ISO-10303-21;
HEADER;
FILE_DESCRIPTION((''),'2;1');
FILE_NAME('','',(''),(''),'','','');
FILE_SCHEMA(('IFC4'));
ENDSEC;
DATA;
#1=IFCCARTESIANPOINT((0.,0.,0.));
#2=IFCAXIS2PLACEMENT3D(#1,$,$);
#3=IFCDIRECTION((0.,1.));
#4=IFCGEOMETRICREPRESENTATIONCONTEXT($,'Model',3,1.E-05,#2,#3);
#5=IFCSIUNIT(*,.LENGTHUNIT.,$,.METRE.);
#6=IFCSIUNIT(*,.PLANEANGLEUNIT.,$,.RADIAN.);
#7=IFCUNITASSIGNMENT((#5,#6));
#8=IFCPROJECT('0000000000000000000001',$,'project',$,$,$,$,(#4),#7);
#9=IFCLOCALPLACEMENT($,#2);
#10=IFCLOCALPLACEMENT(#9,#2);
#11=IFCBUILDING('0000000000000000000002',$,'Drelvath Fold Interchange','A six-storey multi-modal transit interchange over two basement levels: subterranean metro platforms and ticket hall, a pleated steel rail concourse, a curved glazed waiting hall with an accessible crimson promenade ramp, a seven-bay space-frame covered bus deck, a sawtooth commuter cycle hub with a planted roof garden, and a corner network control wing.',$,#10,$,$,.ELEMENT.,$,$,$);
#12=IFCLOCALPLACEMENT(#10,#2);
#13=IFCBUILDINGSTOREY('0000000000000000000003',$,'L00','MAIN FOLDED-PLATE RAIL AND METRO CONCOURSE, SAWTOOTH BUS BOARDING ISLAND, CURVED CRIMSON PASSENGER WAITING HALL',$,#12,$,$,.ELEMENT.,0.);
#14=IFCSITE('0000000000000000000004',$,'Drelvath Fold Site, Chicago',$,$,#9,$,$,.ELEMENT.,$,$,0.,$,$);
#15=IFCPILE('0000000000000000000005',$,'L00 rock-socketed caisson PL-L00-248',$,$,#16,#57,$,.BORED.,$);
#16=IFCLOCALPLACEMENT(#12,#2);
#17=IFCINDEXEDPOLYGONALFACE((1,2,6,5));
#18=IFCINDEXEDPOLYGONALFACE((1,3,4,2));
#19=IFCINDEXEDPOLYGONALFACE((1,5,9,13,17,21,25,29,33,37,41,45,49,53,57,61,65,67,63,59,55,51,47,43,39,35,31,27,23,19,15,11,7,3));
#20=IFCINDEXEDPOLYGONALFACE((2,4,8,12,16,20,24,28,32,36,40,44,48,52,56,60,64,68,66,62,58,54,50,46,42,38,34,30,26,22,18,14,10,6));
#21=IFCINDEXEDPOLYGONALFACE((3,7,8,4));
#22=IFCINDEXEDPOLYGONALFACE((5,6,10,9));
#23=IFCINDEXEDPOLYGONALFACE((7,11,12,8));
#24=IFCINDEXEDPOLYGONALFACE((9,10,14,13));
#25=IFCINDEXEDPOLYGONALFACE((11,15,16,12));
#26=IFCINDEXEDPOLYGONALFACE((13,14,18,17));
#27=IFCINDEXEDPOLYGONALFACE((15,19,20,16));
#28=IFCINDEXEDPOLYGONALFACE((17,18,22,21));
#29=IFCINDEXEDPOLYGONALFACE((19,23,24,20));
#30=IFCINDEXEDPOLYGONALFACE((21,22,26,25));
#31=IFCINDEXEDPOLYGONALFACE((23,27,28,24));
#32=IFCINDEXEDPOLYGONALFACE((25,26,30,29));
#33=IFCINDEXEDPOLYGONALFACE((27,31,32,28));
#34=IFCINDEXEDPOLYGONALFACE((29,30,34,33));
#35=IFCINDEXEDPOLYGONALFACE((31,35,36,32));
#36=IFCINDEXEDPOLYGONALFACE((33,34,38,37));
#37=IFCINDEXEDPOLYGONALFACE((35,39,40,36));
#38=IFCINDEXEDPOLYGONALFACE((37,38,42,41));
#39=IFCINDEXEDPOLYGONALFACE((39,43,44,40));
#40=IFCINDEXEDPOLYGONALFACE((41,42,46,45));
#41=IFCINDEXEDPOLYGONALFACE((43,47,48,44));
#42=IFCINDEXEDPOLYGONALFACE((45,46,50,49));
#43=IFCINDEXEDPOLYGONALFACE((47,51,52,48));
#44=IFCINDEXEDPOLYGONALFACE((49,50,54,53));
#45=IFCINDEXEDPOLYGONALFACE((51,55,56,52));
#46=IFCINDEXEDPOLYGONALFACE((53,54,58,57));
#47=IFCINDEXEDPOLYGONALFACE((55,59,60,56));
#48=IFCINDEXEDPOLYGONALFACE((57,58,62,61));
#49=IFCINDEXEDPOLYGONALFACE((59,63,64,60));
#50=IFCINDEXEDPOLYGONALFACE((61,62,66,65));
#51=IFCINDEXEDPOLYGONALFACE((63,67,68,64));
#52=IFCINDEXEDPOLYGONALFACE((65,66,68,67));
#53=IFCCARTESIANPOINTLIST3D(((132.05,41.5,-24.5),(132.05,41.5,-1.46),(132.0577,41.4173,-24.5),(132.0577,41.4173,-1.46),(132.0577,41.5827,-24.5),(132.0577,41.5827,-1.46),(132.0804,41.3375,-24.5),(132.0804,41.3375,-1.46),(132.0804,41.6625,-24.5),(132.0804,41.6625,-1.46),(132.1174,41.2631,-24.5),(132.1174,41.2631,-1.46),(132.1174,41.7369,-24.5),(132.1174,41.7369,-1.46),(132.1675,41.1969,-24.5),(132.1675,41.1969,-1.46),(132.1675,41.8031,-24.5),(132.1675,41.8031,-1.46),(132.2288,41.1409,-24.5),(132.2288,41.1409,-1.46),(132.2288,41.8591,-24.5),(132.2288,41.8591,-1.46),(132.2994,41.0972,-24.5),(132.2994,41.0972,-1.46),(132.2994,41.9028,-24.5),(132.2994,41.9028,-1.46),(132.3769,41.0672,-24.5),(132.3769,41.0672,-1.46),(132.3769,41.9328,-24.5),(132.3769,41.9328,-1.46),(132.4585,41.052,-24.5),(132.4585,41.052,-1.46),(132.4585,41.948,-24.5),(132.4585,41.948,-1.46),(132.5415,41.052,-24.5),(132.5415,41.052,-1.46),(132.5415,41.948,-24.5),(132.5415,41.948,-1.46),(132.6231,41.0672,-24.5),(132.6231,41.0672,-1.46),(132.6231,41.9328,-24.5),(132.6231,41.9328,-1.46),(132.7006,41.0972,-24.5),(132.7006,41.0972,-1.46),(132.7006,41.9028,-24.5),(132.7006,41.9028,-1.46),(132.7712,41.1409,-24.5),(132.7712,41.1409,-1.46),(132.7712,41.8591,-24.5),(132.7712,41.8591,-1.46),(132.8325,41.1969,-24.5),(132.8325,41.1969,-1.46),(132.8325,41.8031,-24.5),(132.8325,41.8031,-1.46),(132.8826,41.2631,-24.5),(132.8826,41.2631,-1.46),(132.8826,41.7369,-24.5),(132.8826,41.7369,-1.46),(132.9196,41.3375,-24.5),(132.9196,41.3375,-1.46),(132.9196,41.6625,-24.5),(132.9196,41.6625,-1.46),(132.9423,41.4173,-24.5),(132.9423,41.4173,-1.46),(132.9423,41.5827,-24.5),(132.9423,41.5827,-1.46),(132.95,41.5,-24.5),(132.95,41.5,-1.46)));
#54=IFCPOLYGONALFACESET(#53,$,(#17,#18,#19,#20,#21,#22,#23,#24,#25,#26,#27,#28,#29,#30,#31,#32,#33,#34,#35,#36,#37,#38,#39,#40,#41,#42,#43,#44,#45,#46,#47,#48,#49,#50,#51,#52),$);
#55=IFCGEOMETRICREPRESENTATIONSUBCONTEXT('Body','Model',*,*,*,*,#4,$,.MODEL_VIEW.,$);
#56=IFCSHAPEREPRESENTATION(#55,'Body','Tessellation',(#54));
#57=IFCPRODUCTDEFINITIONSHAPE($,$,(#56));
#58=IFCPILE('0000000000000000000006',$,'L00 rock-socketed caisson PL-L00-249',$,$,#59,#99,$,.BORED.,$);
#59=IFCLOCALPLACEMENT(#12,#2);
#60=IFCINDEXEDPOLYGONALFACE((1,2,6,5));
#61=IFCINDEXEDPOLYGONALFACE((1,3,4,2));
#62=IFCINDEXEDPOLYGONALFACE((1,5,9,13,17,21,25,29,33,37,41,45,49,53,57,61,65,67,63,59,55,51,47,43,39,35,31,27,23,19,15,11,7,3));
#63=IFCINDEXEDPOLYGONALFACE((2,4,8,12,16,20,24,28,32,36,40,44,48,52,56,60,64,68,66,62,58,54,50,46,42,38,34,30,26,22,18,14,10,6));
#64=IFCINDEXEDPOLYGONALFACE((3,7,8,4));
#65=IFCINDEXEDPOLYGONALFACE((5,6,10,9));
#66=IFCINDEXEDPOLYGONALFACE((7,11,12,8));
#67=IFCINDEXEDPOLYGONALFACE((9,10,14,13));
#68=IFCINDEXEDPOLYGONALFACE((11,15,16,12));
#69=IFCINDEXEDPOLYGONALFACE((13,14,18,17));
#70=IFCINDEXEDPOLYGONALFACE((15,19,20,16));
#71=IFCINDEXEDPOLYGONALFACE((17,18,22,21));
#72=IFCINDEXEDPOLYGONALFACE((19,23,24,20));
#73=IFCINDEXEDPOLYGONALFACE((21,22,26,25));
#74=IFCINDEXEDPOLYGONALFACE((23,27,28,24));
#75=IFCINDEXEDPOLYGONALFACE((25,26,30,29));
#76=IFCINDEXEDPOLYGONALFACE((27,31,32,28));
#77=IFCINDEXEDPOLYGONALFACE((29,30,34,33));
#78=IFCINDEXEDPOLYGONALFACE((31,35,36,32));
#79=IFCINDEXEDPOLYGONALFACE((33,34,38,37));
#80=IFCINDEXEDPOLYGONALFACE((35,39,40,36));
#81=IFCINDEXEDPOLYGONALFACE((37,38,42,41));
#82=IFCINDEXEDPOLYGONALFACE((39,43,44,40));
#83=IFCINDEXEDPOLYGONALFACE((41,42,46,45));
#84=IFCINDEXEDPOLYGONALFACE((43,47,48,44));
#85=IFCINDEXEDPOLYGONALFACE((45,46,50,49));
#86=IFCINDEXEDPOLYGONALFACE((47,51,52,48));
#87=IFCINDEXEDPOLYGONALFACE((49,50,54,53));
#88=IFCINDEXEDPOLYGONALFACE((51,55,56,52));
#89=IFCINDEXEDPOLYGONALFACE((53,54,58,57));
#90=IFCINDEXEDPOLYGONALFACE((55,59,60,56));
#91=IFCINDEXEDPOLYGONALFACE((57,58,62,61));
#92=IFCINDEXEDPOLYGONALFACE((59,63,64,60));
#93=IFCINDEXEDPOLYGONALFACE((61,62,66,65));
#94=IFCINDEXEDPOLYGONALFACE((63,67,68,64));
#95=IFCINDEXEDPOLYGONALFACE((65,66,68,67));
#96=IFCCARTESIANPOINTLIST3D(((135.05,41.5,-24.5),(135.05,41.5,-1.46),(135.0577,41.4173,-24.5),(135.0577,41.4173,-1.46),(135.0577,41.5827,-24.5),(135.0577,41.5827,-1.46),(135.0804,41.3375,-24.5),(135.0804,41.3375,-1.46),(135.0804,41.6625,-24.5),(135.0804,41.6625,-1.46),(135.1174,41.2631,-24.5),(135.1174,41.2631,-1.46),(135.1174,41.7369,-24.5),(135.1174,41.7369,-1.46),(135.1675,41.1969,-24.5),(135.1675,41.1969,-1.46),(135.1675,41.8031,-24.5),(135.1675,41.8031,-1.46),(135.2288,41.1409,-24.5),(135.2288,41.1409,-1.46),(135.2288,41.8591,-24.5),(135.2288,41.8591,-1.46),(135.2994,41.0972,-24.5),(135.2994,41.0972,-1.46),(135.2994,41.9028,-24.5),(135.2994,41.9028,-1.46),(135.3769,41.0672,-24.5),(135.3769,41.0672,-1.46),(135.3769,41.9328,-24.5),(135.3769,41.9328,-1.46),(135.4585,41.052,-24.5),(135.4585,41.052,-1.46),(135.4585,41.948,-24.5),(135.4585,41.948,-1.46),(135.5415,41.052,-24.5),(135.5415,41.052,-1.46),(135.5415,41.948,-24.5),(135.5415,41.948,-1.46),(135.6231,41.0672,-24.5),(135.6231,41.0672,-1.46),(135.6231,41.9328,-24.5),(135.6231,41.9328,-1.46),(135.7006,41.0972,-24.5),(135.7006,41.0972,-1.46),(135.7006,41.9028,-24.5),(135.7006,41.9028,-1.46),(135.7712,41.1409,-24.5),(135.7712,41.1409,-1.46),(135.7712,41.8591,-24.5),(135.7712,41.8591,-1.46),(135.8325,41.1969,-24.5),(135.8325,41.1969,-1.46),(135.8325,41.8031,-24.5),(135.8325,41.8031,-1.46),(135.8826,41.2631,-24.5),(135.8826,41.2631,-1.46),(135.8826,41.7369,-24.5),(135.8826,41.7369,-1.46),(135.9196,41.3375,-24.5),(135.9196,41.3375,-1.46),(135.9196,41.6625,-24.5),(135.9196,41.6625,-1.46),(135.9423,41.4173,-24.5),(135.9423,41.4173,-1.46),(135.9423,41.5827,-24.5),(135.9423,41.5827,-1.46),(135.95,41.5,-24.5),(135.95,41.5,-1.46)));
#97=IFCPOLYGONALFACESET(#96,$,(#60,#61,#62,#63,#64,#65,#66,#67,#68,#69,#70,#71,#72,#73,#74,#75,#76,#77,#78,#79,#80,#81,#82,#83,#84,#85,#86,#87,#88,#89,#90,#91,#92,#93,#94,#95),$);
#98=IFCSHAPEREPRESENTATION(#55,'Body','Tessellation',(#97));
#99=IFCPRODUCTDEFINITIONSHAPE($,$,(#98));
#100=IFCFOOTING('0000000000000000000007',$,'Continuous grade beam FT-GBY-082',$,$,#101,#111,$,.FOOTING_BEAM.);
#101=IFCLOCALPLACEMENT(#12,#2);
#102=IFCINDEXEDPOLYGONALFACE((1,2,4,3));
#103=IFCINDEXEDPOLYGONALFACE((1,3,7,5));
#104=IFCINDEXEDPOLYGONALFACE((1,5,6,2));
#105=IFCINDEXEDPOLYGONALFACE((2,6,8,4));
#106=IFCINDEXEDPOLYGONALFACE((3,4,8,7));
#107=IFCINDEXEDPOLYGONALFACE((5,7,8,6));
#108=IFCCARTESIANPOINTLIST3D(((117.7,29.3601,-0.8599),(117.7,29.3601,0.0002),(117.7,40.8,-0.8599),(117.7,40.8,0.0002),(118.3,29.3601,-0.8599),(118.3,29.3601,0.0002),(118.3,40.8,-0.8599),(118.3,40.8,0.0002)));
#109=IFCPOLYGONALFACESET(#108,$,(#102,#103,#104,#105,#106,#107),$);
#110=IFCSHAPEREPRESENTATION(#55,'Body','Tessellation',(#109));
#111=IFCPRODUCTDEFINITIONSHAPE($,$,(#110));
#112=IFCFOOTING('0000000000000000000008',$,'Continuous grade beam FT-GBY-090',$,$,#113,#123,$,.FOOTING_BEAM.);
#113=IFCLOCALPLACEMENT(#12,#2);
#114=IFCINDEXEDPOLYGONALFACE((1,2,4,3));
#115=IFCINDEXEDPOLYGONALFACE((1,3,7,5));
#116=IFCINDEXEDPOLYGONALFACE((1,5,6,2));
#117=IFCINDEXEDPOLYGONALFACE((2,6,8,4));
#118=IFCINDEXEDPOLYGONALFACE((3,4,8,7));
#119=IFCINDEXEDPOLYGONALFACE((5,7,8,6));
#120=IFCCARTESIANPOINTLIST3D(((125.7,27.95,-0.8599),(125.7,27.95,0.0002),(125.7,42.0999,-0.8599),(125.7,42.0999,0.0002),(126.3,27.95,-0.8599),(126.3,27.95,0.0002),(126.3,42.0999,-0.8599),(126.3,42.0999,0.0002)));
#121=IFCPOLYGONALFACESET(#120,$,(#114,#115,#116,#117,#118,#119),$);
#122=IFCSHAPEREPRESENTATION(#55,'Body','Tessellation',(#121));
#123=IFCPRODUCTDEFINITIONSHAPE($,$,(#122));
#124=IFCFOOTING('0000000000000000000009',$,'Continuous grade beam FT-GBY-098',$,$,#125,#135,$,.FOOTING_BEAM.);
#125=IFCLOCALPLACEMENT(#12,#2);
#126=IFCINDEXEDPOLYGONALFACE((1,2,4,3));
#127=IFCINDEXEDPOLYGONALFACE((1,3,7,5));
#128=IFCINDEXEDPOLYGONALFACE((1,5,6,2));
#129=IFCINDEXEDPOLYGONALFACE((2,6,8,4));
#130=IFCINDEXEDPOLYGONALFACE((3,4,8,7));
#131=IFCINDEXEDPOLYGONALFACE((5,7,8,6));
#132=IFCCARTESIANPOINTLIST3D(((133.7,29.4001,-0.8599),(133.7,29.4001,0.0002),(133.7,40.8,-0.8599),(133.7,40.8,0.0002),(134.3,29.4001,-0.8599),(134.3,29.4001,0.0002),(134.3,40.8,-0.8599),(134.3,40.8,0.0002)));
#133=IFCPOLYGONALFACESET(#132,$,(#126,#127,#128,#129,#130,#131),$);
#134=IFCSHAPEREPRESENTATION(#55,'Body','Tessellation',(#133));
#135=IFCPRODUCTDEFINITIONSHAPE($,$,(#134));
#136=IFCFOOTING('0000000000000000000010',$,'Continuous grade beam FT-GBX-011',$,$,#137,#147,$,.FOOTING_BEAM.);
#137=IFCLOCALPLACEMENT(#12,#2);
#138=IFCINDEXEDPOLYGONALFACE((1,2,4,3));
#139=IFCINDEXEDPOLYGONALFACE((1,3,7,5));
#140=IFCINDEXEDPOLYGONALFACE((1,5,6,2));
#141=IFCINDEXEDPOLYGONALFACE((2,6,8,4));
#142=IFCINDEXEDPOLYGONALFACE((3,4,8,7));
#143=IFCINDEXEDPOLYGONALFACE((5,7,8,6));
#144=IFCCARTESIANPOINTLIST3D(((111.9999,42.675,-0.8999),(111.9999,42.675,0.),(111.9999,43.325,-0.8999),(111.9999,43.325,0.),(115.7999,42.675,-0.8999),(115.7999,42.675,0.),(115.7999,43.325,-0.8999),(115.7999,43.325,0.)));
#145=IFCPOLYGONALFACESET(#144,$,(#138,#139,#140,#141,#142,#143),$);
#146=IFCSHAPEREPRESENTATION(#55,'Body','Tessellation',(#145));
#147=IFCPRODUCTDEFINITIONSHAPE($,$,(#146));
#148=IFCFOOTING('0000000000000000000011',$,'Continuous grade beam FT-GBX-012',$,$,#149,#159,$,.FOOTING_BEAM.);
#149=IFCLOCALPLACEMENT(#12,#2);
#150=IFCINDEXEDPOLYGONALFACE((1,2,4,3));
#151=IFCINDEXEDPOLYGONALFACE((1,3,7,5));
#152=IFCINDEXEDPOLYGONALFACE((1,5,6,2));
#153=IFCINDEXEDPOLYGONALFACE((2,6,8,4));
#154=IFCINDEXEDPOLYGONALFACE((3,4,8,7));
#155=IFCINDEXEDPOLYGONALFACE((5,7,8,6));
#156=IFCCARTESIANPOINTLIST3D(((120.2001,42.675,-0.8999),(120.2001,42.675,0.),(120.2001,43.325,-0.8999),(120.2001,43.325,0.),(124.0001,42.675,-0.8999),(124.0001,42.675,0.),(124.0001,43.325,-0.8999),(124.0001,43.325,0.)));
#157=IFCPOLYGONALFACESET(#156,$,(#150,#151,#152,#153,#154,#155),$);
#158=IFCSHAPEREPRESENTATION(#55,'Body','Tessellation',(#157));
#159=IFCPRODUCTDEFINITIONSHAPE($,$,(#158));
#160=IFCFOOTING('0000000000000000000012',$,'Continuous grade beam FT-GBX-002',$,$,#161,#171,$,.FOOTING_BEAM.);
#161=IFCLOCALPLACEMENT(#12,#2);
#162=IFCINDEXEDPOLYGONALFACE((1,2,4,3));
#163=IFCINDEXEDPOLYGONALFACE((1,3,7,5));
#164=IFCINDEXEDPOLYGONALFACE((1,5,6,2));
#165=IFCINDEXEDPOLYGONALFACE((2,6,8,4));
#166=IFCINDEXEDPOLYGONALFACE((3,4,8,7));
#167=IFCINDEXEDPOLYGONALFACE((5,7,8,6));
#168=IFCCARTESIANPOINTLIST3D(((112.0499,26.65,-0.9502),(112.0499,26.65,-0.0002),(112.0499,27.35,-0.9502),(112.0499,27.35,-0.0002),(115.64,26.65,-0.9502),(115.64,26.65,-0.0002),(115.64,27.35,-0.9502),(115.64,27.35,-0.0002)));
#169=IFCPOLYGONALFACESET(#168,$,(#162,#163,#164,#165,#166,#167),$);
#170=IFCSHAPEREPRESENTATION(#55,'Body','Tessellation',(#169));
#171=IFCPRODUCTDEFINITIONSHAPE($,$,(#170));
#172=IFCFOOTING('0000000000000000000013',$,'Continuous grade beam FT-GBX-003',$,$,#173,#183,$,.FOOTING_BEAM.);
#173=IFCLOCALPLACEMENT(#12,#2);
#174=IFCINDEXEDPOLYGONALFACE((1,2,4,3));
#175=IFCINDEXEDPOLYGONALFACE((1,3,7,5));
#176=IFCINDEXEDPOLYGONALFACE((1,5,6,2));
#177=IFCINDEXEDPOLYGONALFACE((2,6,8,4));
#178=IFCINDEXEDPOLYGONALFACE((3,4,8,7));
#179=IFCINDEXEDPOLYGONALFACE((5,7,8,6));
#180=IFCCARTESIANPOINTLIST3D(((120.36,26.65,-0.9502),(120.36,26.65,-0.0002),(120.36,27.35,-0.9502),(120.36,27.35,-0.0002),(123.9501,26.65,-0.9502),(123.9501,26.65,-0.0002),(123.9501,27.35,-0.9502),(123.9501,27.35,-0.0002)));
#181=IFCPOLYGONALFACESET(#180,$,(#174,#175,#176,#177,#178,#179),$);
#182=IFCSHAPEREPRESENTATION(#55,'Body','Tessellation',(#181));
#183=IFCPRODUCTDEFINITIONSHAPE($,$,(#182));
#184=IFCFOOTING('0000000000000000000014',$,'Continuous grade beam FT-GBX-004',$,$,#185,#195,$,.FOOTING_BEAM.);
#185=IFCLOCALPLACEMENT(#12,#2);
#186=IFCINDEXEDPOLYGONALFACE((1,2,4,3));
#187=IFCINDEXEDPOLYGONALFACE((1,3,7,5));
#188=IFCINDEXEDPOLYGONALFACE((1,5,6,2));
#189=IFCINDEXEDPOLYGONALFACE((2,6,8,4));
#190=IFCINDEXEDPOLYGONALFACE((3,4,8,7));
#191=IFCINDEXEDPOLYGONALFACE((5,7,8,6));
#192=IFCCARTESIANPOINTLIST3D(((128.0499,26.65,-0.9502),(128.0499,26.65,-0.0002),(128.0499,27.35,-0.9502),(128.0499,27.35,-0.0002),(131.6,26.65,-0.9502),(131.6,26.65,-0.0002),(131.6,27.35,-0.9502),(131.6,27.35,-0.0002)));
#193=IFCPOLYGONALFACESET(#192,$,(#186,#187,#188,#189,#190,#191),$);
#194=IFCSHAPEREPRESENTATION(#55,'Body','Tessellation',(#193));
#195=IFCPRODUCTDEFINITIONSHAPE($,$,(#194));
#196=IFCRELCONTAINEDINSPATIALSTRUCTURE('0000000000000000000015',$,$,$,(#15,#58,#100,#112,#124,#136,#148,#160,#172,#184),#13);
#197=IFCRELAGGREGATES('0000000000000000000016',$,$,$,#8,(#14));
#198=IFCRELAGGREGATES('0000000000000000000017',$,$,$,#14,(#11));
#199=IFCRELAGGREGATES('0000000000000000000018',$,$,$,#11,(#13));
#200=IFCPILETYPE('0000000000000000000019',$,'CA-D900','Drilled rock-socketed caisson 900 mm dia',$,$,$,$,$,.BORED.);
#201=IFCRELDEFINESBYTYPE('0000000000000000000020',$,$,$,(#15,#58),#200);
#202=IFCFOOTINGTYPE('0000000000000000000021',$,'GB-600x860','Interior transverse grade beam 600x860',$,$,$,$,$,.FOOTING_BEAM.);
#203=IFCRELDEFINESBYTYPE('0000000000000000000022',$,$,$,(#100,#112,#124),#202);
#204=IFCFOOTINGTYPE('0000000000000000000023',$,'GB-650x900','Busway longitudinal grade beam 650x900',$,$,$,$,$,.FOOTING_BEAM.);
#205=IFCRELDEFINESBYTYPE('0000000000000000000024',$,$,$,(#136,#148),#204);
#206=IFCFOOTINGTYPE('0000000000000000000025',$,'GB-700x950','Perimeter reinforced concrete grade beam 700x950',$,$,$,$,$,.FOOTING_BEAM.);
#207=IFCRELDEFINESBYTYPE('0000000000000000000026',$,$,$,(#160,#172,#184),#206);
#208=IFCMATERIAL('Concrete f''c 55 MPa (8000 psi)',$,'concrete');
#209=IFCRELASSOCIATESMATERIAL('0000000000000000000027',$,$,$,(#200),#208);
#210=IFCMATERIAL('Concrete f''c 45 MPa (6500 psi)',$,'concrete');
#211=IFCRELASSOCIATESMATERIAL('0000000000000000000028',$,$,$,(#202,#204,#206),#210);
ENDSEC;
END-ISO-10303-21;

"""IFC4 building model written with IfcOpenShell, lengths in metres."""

from ifc_helpers import new_model, si_unit, direction, frame, origin, origin_2d, place, context, subcontext, project, spatial, rectangle, circle, extrude, material, material_profile, profile_set, type_object, element, save


model = new_model("IFC4")

# Units and contexts
model_context = context("Model", 3, precision=1e-05, world=origin(), true_north=direction((0.0, 1.0)))
body_context = subcontext(model_context, "Body", "Model", "MODEL_VIEW")
ifc_project = project(units=[si_unit("LENGTHUNIT", "METRE"), si_unit("PLANEANGLEUNIT", "RADIAN")], contexts=[model_context])

# Site, building, storey
site_placement = place(None, origin())
site = spatial("IfcSite", under=ifc_project, at=site_placement, Name="Drelvath Fold Site, Chicago", CompositionType="ELEMENT", RefElevation=0.0)
building_placement = place(site_placement, origin())
building = spatial("IfcBuilding", under=site, at=building_placement, Name="Drelvath Fold Interchange", Description="A six-storey multi-modal transit interchange over two basement levels: subterranean metro platforms and ticket hall, a pleated steel rail concourse, a curved glazed waiting hall with an accessible crimson promenade ramp, a seven-bay space-frame covered bus deck, a sawtooth commuter cycle hub with a planted roof garden, and a corner network control wing.", CompositionType="ELEMENT")
storey_placement = place(building_placement, origin())
storey = spatial("IfcBuildingStorey", under=building, at=storey_placement, Name="L00", Description="MAIN FOLDED-PLATE RAIL AND METRO CONCOURSE, SAWTOOTH BUS BOARDING ISLAND, CURVED CRIMSON PASSENGER WAITING HALL", CompositionType="ELEMENT", Elevation=0.0)

# Piles
ifc_material_1 = material(Name="Concrete f'c 55 MPa (8000 psi)", Category="concrete")
ifc_material_profile_1 = material_profile(ifc_material_1, circle(Radius=0.45, at=origin_2d()), Name="CAISSON D900")
ifc_profile_set_1 = profile_set([ifc_material_profile_1], Name="Concrete f'c 55 MPa (8000 psi)")
pile_type_1 = type_object("IfcPileType", Name="CA-D900", Description="Drilled rock-socketed caisson 900 mm dia", PredefinedType="BORED", material=ifc_profile_set_1)
for number, where, z_axis, x_axis, name in (
    (1, (132.5, 41.5, -1.46), (0.0, 0.0, -1.0), (1.0, 0.0, 0.0), "L00 rock-socketed caisson PL-L00-248"),
    (2, (135.5, 41.5, -1.46), (0.0, 0.0, -1.0), (1.0, 0.0, 0.0), "L00 rock-socketed caisson PL-L00-249"),
):
    element("IfcPile", number, at=place(storey_placement, frame(where, z_axis=z_axis, x_axis=x_axis)), inside=storey, type_object=pile_type_1, Name=name, PredefinedType="BORED", context=body_context, shape_type="SweptSolid", body=[
        extrude(circle(Radius=0.45, at=origin_2d()), origin(), (0.0, 0.0, 1.0), 23.04),
    ])

# Footings
ifc_material_2 = material(Name="Concrete f'c 45 MPa (6500 psi)", Category="concrete")
footing_type_1 = type_object("IfcFootingType", Name="GB-600x860", Description="Interior transverse grade beam 600x860", PredefinedType="FOOTING_BEAM", material=ifc_material_2)
footing_1_placement = place(storey_placement, frame((118.0, 35.0801, -0.8599), z_axis=(0.0, 0.0, 1.0), x_axis=(1.0, 0.0, 0.0)))
element("IfcFooting", 3, at=footing_1_placement, inside=storey, type_object=footing_type_1, Name="Continuous grade beam FT-GBY-082", PredefinedType="FOOTING_BEAM", context=body_context, shape_type="SweptSolid", body=[
    extrude(rectangle(XDim=0.6001, YDim=11.4399, at=origin_2d()), origin(), (0.0, 0.0, 1.0), 0.8601),
])
footing_2_placement = place(storey_placement, frame((126.0, 35.0249, -0.8599), z_axis=(0.0, 0.0, 1.0), x_axis=(1.0, 0.0, 0.0)))
element("IfcFooting", 4, at=footing_2_placement, inside=storey, type_object=footing_type_1, Name="Continuous grade beam FT-GBY-090", PredefinedType="FOOTING_BEAM", context=body_context, shape_type="SweptSolid", body=[
    extrude(rectangle(XDim=0.6001, YDim=14.1499, at=origin_2d()), origin(), (0.0, 0.0, 1.0), 0.8601),
])
footing_3_placement = place(storey_placement, frame((134.0, 35.1001, -0.8599), z_axis=(0.0, 0.0, 1.0), x_axis=(1.0, 0.0, 0.0)))
element("IfcFooting", 5, at=footing_3_placement, inside=storey, type_object=footing_type_1, Name="Continuous grade beam FT-GBY-098", PredefinedType="FOOTING_BEAM", context=body_context, shape_type="SweptSolid", body=[
    extrude(rectangle(XDim=0.6001, YDim=11.3999, at=origin_2d()), origin(), (0.0, 0.0, 1.0), 0.8601),
])
footing_type_2 = type_object("IfcFootingType", Name="GB-650x900", Description="Busway longitudinal grade beam 650x900", PredefinedType="FOOTING_BEAM", material=ifc_material_2)
for number, where, z_axis, x_axis, name in (
    (6, (113.8999, 43.0, -0.8999), (0.0, 0.0, 1.0), (1.0, 0.0, 0.0), "Continuous grade beam FT-GBX-011"),
    (7, (122.1001, 43.0, -0.8999), (0.0, 0.0, 1.0), (1.0, 0.0, 0.0), "Continuous grade beam FT-GBX-012"),
):
    element("IfcFooting", number, at=place(storey_placement, frame(where, z_axis=z_axis, x_axis=x_axis)), inside=storey, type_object=footing_type_2, Name=name, PredefinedType="FOOTING_BEAM", context=body_context, shape_type="SweptSolid", body=[
        extrude(rectangle(XDim=3.8, YDim=0.6499, at=origin_2d()), origin(), (0.0, 0.0, 1.0), 0.8999),
    ])
footing_type_3 = type_object("IfcFootingType", Name="GB-700x950", Description="Perimeter reinforced concrete grade beam 700x950", PredefinedType="FOOTING_BEAM", material=ifc_material_2)
for number, where, z_axis, x_axis, name in (
    (8, (113.845, 27.0, -0.9502), (0.0, 0.0, 1.0), (1.0, 0.0, 0.0), "Continuous grade beam FT-GBX-002"),
    (9, (122.155, 27.0, -0.9502), (0.0, 0.0, 1.0), (1.0, 0.0, 0.0), "Continuous grade beam FT-GBX-003"),
):
    element("IfcFooting", number, at=place(storey_placement, frame(where, z_axis=z_axis, x_axis=x_axis)), inside=storey, type_object=footing_type_3, Name=name, PredefinedType="FOOTING_BEAM", context=body_context, shape_type="SweptSolid", body=[
        extrude(rectangle(XDim=3.5901, YDim=0.7, at=origin_2d()), origin(), (0.0, 0.0, 1.0), 0.95),
    ])
footing_4_placement = place(storey_placement, frame((129.825, 27.0, -0.9502), z_axis=(0.0, 0.0, 1.0), x_axis=(1.0, 0.0, 0.0)))
element("IfcFooting", 10, at=footing_4_placement, inside=storey, type_object=footing_type_3, Name="Continuous grade beam FT-GBX-004", PredefinedType="FOOTING_BEAM", context=body_context, shape_type="SweptSolid", body=[
    extrude(rectangle(XDim=3.55, YDim=0.7, at=origin_2d()), origin(), (0.0, 0.0, 1.0), 0.95),
])

save(model, "model.ifc")
